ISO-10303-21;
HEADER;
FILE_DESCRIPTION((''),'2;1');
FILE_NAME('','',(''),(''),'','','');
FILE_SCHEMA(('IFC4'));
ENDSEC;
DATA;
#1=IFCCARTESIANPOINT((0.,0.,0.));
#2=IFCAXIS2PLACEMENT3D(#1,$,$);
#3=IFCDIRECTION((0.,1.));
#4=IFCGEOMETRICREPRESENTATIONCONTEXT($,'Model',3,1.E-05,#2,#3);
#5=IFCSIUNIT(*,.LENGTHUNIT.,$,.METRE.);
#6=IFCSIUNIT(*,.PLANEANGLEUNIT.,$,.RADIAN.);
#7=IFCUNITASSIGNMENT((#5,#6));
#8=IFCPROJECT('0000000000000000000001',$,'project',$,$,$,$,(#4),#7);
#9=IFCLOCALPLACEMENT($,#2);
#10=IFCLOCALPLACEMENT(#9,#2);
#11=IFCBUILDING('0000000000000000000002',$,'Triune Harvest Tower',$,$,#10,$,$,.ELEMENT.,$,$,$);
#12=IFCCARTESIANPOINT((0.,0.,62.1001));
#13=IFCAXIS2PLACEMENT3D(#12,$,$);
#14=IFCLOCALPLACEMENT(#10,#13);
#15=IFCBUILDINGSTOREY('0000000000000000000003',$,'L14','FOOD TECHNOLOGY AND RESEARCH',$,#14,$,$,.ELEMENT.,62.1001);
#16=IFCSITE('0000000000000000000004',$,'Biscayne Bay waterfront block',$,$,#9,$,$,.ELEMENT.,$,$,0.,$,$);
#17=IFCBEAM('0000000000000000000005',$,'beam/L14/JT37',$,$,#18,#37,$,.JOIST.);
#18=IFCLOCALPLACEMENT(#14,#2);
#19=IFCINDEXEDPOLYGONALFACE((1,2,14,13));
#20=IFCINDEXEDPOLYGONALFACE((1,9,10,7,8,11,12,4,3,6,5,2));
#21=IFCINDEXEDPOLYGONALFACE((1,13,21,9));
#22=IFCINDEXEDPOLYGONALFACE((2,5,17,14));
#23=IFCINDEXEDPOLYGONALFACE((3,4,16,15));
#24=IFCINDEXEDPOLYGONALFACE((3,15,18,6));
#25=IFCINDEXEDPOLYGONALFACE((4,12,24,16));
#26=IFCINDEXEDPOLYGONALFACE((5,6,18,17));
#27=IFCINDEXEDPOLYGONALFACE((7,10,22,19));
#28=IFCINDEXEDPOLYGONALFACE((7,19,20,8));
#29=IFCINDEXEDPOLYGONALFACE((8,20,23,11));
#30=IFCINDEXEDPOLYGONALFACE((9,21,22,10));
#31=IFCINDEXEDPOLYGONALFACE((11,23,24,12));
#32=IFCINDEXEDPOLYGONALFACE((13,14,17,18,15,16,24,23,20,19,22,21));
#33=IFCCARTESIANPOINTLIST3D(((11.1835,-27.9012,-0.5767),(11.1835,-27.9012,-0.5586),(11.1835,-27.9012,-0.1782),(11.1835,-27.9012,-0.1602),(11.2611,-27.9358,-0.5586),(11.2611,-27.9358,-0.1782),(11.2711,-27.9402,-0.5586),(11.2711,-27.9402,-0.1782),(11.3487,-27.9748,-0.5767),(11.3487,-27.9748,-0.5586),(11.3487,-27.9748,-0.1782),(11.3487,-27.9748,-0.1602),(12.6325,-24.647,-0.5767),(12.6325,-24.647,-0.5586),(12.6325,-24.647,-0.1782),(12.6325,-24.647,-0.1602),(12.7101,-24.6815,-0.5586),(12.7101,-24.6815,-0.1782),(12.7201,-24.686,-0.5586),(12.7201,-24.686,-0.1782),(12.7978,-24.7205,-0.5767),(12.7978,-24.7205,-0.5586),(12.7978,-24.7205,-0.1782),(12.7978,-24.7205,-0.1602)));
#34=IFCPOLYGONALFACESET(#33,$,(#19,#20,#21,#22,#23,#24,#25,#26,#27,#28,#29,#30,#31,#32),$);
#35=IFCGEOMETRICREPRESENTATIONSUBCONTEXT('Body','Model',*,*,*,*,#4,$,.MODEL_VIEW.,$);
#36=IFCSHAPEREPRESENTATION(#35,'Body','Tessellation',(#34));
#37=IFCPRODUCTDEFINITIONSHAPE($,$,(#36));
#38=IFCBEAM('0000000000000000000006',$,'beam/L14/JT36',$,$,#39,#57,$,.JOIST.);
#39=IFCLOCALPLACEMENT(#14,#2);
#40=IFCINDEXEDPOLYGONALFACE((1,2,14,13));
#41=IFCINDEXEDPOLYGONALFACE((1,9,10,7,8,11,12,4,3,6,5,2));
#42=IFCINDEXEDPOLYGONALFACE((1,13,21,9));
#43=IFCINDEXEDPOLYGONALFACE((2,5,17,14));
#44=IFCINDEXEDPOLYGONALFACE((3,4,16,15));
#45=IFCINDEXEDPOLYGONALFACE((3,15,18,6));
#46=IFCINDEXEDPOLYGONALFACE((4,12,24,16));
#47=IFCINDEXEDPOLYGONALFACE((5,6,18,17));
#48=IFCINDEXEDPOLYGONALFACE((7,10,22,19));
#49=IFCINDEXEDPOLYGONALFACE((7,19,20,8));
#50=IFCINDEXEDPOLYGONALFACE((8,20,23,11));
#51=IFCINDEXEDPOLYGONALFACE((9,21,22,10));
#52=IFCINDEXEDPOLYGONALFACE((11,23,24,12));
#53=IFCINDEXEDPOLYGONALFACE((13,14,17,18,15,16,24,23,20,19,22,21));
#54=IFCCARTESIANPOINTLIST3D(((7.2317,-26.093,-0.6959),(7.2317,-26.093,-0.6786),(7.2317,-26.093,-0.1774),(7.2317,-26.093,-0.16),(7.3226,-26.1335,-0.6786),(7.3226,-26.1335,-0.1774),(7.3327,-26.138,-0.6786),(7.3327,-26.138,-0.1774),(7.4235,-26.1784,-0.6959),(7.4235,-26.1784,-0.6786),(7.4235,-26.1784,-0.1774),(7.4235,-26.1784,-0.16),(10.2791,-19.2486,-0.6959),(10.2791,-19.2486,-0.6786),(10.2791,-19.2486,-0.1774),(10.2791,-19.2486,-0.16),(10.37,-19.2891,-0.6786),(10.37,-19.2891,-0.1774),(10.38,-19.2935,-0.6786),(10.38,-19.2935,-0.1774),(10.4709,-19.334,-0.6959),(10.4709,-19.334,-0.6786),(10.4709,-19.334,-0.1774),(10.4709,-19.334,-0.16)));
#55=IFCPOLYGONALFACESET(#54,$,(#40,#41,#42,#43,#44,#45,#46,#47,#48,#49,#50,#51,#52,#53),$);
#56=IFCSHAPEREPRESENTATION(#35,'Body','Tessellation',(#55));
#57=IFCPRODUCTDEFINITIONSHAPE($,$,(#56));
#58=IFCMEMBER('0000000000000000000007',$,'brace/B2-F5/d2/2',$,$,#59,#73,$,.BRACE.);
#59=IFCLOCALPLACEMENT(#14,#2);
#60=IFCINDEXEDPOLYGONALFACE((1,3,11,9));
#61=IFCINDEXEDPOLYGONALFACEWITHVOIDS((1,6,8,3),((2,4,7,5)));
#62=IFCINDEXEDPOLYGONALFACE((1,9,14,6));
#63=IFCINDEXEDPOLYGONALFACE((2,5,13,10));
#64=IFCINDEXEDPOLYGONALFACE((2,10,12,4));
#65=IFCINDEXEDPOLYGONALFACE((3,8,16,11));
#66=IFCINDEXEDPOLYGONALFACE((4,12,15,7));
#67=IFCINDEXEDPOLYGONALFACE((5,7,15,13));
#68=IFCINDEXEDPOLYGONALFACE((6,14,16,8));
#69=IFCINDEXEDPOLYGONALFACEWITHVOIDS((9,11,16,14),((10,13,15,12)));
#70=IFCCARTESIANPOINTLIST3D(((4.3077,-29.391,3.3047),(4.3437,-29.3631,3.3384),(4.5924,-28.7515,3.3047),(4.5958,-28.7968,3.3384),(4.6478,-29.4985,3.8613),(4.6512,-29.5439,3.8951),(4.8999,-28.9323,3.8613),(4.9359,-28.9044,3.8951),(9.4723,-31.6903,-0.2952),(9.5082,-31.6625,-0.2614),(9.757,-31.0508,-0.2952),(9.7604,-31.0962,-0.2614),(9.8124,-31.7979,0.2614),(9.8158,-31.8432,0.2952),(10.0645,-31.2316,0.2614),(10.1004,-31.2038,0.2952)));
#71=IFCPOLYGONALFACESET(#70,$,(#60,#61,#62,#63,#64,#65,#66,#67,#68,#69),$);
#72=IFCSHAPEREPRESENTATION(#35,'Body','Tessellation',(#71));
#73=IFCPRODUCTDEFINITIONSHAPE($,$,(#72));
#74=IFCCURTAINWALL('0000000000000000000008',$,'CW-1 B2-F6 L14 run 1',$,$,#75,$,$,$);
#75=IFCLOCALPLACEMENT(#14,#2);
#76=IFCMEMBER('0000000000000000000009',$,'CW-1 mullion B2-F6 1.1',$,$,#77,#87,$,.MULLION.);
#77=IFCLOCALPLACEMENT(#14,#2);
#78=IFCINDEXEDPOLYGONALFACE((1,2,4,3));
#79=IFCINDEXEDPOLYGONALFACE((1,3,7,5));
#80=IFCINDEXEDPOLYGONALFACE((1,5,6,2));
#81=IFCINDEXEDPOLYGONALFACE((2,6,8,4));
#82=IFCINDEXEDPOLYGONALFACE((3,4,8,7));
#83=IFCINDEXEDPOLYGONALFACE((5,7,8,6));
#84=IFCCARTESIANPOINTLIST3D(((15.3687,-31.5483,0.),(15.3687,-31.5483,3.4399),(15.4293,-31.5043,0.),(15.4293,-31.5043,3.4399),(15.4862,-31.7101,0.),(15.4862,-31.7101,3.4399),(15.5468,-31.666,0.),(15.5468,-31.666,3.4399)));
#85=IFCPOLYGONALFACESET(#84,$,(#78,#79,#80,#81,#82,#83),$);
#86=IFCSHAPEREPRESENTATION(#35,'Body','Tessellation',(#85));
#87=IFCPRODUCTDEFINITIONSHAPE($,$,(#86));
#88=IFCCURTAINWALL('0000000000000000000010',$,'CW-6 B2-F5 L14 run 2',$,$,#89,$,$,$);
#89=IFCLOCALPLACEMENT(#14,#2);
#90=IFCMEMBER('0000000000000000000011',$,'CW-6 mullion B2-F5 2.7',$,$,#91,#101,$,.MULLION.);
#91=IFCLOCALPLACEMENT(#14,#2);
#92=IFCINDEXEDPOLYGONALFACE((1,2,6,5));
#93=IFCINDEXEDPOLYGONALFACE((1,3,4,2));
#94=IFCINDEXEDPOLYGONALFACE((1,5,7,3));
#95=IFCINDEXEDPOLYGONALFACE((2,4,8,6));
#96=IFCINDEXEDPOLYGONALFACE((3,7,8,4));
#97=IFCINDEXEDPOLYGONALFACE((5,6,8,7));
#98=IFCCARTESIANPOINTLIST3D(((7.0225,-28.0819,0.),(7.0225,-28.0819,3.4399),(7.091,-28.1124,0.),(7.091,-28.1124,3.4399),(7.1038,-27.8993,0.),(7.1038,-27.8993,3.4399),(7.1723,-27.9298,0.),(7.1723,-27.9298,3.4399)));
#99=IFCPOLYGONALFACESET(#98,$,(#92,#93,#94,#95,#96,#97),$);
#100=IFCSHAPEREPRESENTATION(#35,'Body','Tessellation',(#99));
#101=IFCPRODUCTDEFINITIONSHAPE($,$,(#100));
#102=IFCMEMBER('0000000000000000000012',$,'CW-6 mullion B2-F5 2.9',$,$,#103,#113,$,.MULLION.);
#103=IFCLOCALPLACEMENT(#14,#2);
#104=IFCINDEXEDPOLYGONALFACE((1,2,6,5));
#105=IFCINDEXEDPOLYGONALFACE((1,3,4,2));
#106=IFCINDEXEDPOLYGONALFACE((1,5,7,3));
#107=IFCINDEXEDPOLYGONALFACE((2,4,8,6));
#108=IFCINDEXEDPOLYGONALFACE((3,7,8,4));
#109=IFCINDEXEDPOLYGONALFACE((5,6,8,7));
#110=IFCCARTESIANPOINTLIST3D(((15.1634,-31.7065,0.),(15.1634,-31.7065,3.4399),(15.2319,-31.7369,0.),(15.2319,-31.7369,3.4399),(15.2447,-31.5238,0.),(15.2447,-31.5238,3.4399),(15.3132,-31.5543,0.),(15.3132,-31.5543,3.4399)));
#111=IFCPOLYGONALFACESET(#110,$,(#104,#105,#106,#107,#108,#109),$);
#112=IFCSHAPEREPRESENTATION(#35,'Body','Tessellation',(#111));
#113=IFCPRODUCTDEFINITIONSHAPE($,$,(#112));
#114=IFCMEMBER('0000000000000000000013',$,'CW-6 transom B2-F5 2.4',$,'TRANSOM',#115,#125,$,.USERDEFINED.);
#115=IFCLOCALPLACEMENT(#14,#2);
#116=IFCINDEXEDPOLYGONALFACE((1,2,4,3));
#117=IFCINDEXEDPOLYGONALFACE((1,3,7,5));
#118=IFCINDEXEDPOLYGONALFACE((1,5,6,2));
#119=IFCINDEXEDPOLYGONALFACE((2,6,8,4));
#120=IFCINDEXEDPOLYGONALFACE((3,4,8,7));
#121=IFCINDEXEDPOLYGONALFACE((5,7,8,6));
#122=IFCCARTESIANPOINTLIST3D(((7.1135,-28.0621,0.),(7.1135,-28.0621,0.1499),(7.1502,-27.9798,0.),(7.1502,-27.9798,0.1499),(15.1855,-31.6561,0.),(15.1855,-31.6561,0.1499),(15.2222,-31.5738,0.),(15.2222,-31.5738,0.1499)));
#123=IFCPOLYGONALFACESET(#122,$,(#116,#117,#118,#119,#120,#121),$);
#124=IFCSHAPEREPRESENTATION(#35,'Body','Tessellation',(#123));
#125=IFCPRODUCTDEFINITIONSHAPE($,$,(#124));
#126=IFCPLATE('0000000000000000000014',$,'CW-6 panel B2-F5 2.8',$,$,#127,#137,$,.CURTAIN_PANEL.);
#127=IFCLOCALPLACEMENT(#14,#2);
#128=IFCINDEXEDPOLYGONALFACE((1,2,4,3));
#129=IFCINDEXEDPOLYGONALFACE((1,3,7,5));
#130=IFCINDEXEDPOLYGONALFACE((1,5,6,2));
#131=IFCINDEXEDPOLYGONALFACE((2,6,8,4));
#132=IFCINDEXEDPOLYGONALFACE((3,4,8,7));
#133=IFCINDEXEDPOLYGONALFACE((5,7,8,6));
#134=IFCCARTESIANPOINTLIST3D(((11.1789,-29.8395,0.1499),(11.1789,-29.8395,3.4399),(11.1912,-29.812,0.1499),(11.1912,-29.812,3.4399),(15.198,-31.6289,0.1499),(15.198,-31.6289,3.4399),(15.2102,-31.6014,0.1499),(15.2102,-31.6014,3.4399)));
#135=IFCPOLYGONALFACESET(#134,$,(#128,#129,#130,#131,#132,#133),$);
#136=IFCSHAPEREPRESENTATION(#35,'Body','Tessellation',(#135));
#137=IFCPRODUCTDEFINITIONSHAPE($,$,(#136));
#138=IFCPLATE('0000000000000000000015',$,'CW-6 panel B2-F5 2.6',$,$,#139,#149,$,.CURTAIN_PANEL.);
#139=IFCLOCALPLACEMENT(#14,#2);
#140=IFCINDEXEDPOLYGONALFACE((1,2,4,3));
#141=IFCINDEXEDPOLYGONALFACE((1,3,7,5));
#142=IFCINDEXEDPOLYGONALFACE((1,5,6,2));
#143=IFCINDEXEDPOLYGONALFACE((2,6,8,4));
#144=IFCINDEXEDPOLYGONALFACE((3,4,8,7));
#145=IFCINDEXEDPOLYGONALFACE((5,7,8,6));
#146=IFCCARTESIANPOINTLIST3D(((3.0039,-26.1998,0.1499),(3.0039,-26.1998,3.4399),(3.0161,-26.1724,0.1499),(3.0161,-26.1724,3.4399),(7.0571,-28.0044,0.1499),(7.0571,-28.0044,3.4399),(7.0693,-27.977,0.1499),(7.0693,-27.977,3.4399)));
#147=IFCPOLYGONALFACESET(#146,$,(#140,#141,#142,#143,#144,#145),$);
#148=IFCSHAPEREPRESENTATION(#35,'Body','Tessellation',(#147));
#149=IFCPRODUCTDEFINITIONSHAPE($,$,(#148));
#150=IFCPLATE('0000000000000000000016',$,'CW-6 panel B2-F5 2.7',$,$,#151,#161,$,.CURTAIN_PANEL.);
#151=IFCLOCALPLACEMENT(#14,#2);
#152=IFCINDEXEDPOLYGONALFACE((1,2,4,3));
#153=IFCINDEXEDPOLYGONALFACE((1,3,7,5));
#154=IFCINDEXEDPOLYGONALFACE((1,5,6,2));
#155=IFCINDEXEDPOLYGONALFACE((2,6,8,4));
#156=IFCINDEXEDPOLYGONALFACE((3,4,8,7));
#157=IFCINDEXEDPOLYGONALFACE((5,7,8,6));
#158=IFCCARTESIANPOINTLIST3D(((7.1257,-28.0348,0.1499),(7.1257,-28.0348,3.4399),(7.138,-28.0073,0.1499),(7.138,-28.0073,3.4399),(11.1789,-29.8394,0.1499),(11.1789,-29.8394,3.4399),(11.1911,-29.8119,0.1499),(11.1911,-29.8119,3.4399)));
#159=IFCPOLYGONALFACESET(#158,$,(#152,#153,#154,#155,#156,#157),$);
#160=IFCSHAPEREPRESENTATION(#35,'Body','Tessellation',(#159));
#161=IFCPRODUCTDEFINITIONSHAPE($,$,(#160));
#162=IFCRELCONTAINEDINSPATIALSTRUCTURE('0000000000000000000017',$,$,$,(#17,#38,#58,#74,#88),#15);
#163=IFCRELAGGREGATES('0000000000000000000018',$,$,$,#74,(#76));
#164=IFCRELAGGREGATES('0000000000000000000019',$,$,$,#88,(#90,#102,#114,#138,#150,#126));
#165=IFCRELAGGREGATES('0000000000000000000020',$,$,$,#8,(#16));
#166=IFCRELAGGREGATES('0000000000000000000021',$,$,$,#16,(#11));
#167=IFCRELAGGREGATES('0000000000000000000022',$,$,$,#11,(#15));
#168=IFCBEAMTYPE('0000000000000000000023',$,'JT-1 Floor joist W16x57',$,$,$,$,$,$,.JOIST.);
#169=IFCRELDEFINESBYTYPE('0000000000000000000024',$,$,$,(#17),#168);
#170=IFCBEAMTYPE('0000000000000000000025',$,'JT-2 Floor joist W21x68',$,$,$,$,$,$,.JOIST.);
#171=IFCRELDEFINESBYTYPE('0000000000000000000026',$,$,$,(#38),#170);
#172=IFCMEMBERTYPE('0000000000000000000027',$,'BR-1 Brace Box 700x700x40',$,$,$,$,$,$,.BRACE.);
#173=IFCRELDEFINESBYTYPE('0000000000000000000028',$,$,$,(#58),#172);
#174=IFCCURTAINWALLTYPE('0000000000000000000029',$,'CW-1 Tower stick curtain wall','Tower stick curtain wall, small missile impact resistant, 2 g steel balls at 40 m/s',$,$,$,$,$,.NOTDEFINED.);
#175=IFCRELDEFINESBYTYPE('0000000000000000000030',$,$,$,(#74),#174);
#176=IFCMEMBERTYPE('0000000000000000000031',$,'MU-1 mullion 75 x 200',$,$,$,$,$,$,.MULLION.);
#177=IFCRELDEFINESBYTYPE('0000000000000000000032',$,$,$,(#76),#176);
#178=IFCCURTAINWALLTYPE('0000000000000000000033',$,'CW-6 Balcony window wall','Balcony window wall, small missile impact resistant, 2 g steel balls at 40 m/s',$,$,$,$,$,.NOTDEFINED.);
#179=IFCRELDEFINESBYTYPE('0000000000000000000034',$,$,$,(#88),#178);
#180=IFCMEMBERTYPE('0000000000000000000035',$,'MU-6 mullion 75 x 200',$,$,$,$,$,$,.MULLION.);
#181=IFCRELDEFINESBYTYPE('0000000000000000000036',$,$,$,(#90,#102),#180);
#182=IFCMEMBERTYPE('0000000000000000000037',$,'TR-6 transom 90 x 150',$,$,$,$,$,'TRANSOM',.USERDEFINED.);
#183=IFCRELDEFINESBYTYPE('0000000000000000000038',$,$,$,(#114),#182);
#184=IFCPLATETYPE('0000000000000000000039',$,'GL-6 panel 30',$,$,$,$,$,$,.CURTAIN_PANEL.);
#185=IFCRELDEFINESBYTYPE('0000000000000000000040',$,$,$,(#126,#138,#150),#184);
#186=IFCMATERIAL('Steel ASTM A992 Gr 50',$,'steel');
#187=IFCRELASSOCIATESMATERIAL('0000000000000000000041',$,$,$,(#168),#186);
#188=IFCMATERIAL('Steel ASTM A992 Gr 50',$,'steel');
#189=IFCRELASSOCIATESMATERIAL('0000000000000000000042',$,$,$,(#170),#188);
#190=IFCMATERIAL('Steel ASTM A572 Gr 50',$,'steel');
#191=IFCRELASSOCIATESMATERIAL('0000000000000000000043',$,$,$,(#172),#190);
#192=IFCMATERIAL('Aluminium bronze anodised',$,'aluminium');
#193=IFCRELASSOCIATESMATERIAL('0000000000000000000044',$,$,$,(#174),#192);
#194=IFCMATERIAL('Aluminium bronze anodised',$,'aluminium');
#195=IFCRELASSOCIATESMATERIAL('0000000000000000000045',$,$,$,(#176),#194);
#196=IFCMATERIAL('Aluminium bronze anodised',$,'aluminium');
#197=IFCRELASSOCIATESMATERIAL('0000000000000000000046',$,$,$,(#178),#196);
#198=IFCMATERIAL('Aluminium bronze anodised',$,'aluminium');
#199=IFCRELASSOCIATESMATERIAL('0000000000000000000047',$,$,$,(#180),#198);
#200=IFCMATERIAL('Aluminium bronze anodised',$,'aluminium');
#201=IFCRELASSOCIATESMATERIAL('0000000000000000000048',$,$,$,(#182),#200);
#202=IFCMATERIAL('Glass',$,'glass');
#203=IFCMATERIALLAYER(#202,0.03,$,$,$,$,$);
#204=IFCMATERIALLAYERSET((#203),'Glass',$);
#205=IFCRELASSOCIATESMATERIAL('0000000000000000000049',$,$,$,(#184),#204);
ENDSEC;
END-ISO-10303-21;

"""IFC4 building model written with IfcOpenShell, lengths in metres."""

from ifc_helpers import new_model, si_unit, direction, frame, origin, origin_2d, place, context, subcontext, project, spatial, rectangle, hollow_rectangle, i_section, extrude, source, transform, mapped, material, layer, layer_set, material_profile, profile_set, type_object, element, aggregate, save


model = new_model("IFC4")

# Units and contexts
model_context = context("Model", 3, precision=1e-05, world=origin(), true_north=direction((0.0, 1.0)))
body_context = subcontext(model_context, "Body", "Model", "MODEL_VIEW")
ifc_project = project(units=[si_unit("LENGTHUNIT", "METRE"), si_unit("PLANEANGLEUNIT", "RADIAN")], contexts=[model_context])

# Site, building, storey
site_placement = place(None, origin())
site = spatial("IfcSite", under=ifc_project, at=site_placement, Name="Biscayne Bay waterfront block", CompositionType="ELEMENT", RefElevation=0.0)
building_placement = place(site_placement, origin())
building = spatial("IfcBuilding", under=site, at=building_placement, Name="Triune Harvest Tower", CompositionType="ELEMENT")
storey_placement = place(building_placement, frame((0.0, 0.0, 62.1001)))
storey = spatial("IfcBuildingStorey", under=building, at=storey_placement, Name="L14", Description="FOOD TECHNOLOGY AND RESEARCH", CompositionType="ELEMENT", Elevation=62.1001)

# Beams
ifc_material_1 = material(Name="Steel ASTM A992 Gr 50", Category="steel")
ifc_material_profile_1 = material_profile(ifc_material_1, i_section(OverallWidth=0.1809, OverallDepth=0.4165, WebThickness=0.011, FlangeThickness=0.0181, at=origin_2d()), Name="W16x57")
ifc_profile_set_1 = profile_set([ifc_material_profile_1], Name="Steel ASTM A992 Gr 50")
beam_type_1 = type_object("IfcBeamType", Name="JT-1 Floor joist W16x57", PredefinedType="JOIST", material=ifc_profile_set_1)
shared_shape_1 = source(origin(), body_context, "Body", "SweptSolid", [
    extrude(i_section(OverallWidth=0.1809, OverallDepth=0.4165, WebThickness=0.011, FlangeThickness=0.0181, at=origin_2d()), origin(), (0.0, 0.0, 1.0), 3.5623),
])
beam_1_placement = place(storey_placement, frame((11.2661, -27.938, -0.3684), z_axis=(0.406768, 0.913532, 0.0), x_axis=(-0.913532, 0.406768, 0.0)))
element("IfcBeam", 1, at=beam_1_placement, inside=storey, type_object=beam_type_1, Name="beam/L14/JT37", PredefinedType="JOIST", context=body_context, shape_type="MappedRepresentation", body=[
    mapped(shared_shape_1, transform((0.0, 0.0, 0.0), scale=1.0)),
])
ifc_material_2 = material(Name="Steel ASTM A992 Gr 50", Category="steel")
ifc_material_profile_2 = material_profile(ifc_material_2, i_section(OverallWidth=0.21, OverallDepth=0.5359, WebThickness=0.011, FlangeThickness=0.0173, at=origin_2d()), Name="W21x68")
ifc_profile_set_2 = profile_set([ifc_material_profile_2], Name="Steel ASTM A992 Gr 50")
beam_type_2 = type_object("IfcBeamType", Name="JT-2 Floor joist W21x68", PredefinedType="JOIST", material=ifc_profile_set_2)
shared_shape_2 = source(origin(), body_context, "Body", "SweptSolid", [
    extrude(i_section(OverallWidth=0.21, OverallDepth=0.5359, WebThickness=0.011, FlangeThickness=0.0173, at=origin_2d()), origin(), (0.0, 0.0, 1.0), 7.4922),
])
beam_2_placement = place(storey_placement, frame((7.3276, -26.1357, -0.428), z_axis=(0.406737, 0.913545, 0.0), x_axis=(-0.913545, 0.406737, 0.0)))
element("IfcBeam", 2, at=beam_2_placement, inside=storey, type_object=beam_type_2, Name="beam/L14/JT36", PredefinedType="JOIST", context=body_context, shape_type="MappedRepresentation", body=[
    mapped(shared_shape_2, transform((0.0, 0.0, 0.0), scale=1.0)),
])

# Member
ifc_material_3 = material(Name="Steel ASTM A572 Gr 50", Category="steel")
ifc_material_profile_3 = material_profile(ifc_material_3, hollow_rectangle(XDim=0.7, YDim=0.7, WallThickness=0.04, at=origin_2d()), Name="Box 700x700x40")
ifc_profile_set_3 = profile_set([ifc_material_profile_3], Name="Steel ASTM A572 Gr 50")
member_type_1 = type_object("IfcMemberType", Name="BR-1 Brace Box 700x700x40", PredefinedType="BRACE", material=ifc_profile_set_3)
shared_shape_3 = source(origin(), body_context, "Body", "SweptSolid", [
    extrude(hollow_rectangle(XDim=0.7, YDim=0.7, WallThickness=0.04, at=origin_2d()), origin(), (0.0, 0.0, 1.0), 6.7021),
])
member_1_placement = place(storey_placement, frame((9.7864, -31.447, 0.0), z_axis=(-0.770585, 0.343073, 0.537122), x_axis=(-0.406723, -0.913551, 0.0)))
element("IfcMember", 3, at=member_1_placement, inside=storey, type_object=member_type_1, Name="brace/B2-F5/d2/2", PredefinedType="BRACE", context=body_context, shape_type="MappedRepresentation", body=[
    mapped(shared_shape_3, transform((0.0, 0.0, 0.0), scale=1.0)),
])

# Curtain wall, member
ifc_material_4 = material(Name="Aluminium bronze anodised", Category="aluminium")
curtain_wall_type_1 = type_object("IfcCurtainWallType", Name="CW-1 Tower stick curtain wall", Description="Tower stick curtain wall, small missile impact resistant, 2 g steel balls at 40 m/s", PredefinedType="NOTDEFINED", material=ifc_material_4)
curtain_wall_1_placement = place(storey_placement, origin())
curtain_wall_1 = element("IfcCurtainWall", 4, at=curtain_wall_1_placement, inside=storey, type_object=curtain_wall_type_1, Name="CW-1 B2-F6 L14 run 1")
ifc_material_5 = material(Name="Aluminium bronze anodised", Category="aluminium")
ifc_material_profile_4 = material_profile(ifc_material_5, rectangle(XDim=0.2, YDim=0.075, at=origin_2d()), Name="MU-1 mullion 75 x 200")
ifc_profile_set_4 = profile_set([ifc_material_profile_4], Name="Aluminium bronze anodised")
member_type_2 = type_object("IfcMemberType", Name="MU-1 mullion 75 x 200", PredefinedType="MULLION", material=ifc_profile_set_4)
shared_shape_4 = source(origin(), body_context, "Body", "SweptSolid", [
    extrude(rectangle(XDim=0.2, YDim=0.075, at=origin_2d()), origin(), (0.0, 0.0, 1.0), 3.4399),
])
member_2_placement = place(storey_placement, frame((15.4578, -31.6072, 0.0), z_axis=(0.0, 0.0, 1.0), x_axis=(-0.58779, 0.809013, 0.0)))
member_2 = element("IfcMember", 5, at=member_2_placement, type_object=member_type_2, Name="CW-1 mullion B2-F6 1.1", PredefinedType="MULLION", context=body_context, shape_type="MappedRepresentation", body=[
    mapped(shared_shape_4, transform((0.0, 0.0, 0.0), scale=1.0)),
])
aggregate(curtain_wall_1, [member_2])

# Curtain wall, members, plates
ifc_material_6 = material(Name="Aluminium bronze anodised", Category="aluminium")
curtain_wall_type_2 = type_object("IfcCurtainWallType", Name="CW-6 Balcony window wall", Description="Balcony window wall, small missile impact resistant, 2 g steel balls at 40 m/s", PredefinedType="NOTDEFINED", material=ifc_material_6)
curtain_wall_2_placement = place(storey_placement, origin())
curtain_wall_2 = element("IfcCurtainWall", 6, at=curtain_wall_2_placement, inside=storey, type_object=curtain_wall_type_2, Name="CW-6 B2-F5 L14 run 2")
ifc_material_7 = material(Name="Aluminium bronze anodised", Category="aluminium")
ifc_material_profile_5 = material_profile(ifc_material_7, rectangle(XDim=0.2, YDim=0.075, at=origin_2d()), Name="MU-6 mullion 75 x 200")
ifc_profile_set_5 = profile_set([ifc_material_profile_5], Name="Aluminium bronze anodised")
member_type_3 = type_object("IfcMemberType", Name="MU-6 mullion 75 x 200", PredefinedType="MULLION", material=ifc_profile_set_5)
shared_shape_5 = source(origin(), body_context, "Body", "SweptSolid", [
    extrude(rectangle(XDim=0.2, YDim=0.075, at=origin_2d()), origin(), (0.0, 0.0, 1.0), 3.4399),
])
member_3_placement = place(storey_placement, frame((7.0974, -28.0059, 0.0), z_axis=(0.0, 0.0, 1.0), x_axis=(0.406737, 0.913545, 0.0)))
member_3 = element("IfcMember", 7, at=member_3_placement, type_object=member_type_3, Name="CW-6 mullion B2-F5 2.7", PredefinedType="MULLION", context=body_context, shape_type="MappedRepresentation", body=[
    mapped(shared_shape_5, transform((0.0, 0.0, 0.0), scale=1.0)),
])
member_4_placement = place(storey_placement, frame((15.2383, -31.6304, 0.0), z_axis=(0.0, 0.0, 1.0), x_axis=(0.406737, 0.913545, 0.0)))
member_4 = element("IfcMember", 8, at=member_4_placement, type_object=member_type_3, Name="CW-6 mullion B2-F5 2.9", PredefinedType="MULLION", context=body_context, shape_type="MappedRepresentation", body=[
    mapped(shared_shape_5, transform((0.0, 0.0, 0.0), scale=1.0)),
])
ifc_material_8 = material(Name="Aluminium bronze anodised", Category="aluminium")
ifc_material_profile_6 = material_profile(ifc_material_8, rectangle(XDim=0.0901, YDim=0.1499, at=origin_2d()), Name="TR-6 transom 90 x 150")
ifc_profile_set_6 = profile_set([ifc_material_profile_6], Name="Aluminium bronze anodised")
member_type_4 = type_object("IfcMemberType", Name="TR-6 transom 90 x 150", ElementType="TRANSOM", PredefinedType="USERDEFINED", material=ifc_profile_set_6)
shared_shape_6 = source(origin(), body_context, "Body", "SweptSolid", [
    extrude(rectangle(XDim=0.0901, YDim=0.1499, at=origin_2d()), origin(), (0.0, 0.0, 1.0), 8.8359),
])
member_5_placement = place(storey_placement, frame((7.1318, -28.021, 0.075), z_axis=(0.913541, -0.406746, 0.0), x_axis=(0.406746, 0.913541, 0.0)))
member_5 = element("IfcMember", 9, at=member_5_placement, type_object=member_type_4, Name="CW-6 transom B2-F5 2.4", ObjectType="TRANSOM", PredefinedType="USERDEFINED", context=body_context, shape_type="MappedRepresentation", body=[
    mapped(shared_shape_6, transform((0.0, 0.0, 0.0), scale=1.0)),
])
ifc_material_9 = material(Name="Glass", Category="glass")
ifc_layer_1 = layer(ifc_material_9, 0.03)
ifc_layer_set_1 = layer_set([ifc_layer_1], Name="Glass")
plate_type = type_object("IfcPlateType", Name="GL-6 panel 30", PredefinedType="CURTAIN_PANEL", material=ifc_layer_set_1)
shared_shape_7 = source(origin(), body_context, "Body", "SweptSolid", [
    extrude(rectangle(XDim=4.3994, YDim=0.03, at=origin_2d()), origin(), (0.0, 0.0, 1.0), 3.29),
])
plate_1_placement = place(storey_placement, frame((13.1946, -30.7205, 0.1499), z_axis=(0.0, 0.0, 1.0), x_axis=(0.913545, -0.406737, 0.0)))
plate_1 = element("IfcPlate", 10, at=plate_1_placement, type_object=plate_type, Name="CW-6 panel B2-F5 2.8", PredefinedType="CURTAIN_PANEL", context=body_context, shape_type="MappedRepresentation", body=[
    mapped(shared_shape_7, transform((0.0, 0.0, 0.0), scale=1.0)),
])
shared_shape_8 = source(origin(), body_context, "Body", "SweptSolid", [
    extrude(rectangle(XDim=4.4368, YDim=0.03, at=origin_2d()), origin(), (0.0, 0.0, 1.0), 3.29),
])
plate_2_placement = place(storey_placement, frame((5.0366, -27.0884, 0.1499), z_axis=(0.0, 0.0, 1.0), x_axis=(0.913545, -0.406737, 0.0)))
plate_2 = element("IfcPlate", 11, at=plate_2_placement, type_object=plate_type, Name="CW-6 panel B2-F5 2.6", PredefinedType="CURTAIN_PANEL", context=body_context, shape_type="MappedRepresentation", body=[
    mapped(shared_shape_8, transform((0.0, 0.0, 0.0), scale=1.0)),
])
plate_3_placement = place(storey_placement, frame((9.1584, -28.9233, 0.1499), z_axis=(0.0, 0.0, 1.0), x_axis=(0.913545, -0.406737, 0.0)))
plate_3 = element("IfcPlate", 12, at=plate_3_placement, type_object=plate_type, Name="CW-6 panel B2-F5 2.7", PredefinedType="CURTAIN_PANEL", context=body_context, shape_type="MappedRepresentation", body=[
    mapped(shared_shape_8, transform((0.0, 0.0, 0.0), scale=1.0)),
])
aggregate(curtain_wall_2, [member_3, member_4, member_5, plate_2, plate_3, plate_1])

save(model, "model.ifc")
